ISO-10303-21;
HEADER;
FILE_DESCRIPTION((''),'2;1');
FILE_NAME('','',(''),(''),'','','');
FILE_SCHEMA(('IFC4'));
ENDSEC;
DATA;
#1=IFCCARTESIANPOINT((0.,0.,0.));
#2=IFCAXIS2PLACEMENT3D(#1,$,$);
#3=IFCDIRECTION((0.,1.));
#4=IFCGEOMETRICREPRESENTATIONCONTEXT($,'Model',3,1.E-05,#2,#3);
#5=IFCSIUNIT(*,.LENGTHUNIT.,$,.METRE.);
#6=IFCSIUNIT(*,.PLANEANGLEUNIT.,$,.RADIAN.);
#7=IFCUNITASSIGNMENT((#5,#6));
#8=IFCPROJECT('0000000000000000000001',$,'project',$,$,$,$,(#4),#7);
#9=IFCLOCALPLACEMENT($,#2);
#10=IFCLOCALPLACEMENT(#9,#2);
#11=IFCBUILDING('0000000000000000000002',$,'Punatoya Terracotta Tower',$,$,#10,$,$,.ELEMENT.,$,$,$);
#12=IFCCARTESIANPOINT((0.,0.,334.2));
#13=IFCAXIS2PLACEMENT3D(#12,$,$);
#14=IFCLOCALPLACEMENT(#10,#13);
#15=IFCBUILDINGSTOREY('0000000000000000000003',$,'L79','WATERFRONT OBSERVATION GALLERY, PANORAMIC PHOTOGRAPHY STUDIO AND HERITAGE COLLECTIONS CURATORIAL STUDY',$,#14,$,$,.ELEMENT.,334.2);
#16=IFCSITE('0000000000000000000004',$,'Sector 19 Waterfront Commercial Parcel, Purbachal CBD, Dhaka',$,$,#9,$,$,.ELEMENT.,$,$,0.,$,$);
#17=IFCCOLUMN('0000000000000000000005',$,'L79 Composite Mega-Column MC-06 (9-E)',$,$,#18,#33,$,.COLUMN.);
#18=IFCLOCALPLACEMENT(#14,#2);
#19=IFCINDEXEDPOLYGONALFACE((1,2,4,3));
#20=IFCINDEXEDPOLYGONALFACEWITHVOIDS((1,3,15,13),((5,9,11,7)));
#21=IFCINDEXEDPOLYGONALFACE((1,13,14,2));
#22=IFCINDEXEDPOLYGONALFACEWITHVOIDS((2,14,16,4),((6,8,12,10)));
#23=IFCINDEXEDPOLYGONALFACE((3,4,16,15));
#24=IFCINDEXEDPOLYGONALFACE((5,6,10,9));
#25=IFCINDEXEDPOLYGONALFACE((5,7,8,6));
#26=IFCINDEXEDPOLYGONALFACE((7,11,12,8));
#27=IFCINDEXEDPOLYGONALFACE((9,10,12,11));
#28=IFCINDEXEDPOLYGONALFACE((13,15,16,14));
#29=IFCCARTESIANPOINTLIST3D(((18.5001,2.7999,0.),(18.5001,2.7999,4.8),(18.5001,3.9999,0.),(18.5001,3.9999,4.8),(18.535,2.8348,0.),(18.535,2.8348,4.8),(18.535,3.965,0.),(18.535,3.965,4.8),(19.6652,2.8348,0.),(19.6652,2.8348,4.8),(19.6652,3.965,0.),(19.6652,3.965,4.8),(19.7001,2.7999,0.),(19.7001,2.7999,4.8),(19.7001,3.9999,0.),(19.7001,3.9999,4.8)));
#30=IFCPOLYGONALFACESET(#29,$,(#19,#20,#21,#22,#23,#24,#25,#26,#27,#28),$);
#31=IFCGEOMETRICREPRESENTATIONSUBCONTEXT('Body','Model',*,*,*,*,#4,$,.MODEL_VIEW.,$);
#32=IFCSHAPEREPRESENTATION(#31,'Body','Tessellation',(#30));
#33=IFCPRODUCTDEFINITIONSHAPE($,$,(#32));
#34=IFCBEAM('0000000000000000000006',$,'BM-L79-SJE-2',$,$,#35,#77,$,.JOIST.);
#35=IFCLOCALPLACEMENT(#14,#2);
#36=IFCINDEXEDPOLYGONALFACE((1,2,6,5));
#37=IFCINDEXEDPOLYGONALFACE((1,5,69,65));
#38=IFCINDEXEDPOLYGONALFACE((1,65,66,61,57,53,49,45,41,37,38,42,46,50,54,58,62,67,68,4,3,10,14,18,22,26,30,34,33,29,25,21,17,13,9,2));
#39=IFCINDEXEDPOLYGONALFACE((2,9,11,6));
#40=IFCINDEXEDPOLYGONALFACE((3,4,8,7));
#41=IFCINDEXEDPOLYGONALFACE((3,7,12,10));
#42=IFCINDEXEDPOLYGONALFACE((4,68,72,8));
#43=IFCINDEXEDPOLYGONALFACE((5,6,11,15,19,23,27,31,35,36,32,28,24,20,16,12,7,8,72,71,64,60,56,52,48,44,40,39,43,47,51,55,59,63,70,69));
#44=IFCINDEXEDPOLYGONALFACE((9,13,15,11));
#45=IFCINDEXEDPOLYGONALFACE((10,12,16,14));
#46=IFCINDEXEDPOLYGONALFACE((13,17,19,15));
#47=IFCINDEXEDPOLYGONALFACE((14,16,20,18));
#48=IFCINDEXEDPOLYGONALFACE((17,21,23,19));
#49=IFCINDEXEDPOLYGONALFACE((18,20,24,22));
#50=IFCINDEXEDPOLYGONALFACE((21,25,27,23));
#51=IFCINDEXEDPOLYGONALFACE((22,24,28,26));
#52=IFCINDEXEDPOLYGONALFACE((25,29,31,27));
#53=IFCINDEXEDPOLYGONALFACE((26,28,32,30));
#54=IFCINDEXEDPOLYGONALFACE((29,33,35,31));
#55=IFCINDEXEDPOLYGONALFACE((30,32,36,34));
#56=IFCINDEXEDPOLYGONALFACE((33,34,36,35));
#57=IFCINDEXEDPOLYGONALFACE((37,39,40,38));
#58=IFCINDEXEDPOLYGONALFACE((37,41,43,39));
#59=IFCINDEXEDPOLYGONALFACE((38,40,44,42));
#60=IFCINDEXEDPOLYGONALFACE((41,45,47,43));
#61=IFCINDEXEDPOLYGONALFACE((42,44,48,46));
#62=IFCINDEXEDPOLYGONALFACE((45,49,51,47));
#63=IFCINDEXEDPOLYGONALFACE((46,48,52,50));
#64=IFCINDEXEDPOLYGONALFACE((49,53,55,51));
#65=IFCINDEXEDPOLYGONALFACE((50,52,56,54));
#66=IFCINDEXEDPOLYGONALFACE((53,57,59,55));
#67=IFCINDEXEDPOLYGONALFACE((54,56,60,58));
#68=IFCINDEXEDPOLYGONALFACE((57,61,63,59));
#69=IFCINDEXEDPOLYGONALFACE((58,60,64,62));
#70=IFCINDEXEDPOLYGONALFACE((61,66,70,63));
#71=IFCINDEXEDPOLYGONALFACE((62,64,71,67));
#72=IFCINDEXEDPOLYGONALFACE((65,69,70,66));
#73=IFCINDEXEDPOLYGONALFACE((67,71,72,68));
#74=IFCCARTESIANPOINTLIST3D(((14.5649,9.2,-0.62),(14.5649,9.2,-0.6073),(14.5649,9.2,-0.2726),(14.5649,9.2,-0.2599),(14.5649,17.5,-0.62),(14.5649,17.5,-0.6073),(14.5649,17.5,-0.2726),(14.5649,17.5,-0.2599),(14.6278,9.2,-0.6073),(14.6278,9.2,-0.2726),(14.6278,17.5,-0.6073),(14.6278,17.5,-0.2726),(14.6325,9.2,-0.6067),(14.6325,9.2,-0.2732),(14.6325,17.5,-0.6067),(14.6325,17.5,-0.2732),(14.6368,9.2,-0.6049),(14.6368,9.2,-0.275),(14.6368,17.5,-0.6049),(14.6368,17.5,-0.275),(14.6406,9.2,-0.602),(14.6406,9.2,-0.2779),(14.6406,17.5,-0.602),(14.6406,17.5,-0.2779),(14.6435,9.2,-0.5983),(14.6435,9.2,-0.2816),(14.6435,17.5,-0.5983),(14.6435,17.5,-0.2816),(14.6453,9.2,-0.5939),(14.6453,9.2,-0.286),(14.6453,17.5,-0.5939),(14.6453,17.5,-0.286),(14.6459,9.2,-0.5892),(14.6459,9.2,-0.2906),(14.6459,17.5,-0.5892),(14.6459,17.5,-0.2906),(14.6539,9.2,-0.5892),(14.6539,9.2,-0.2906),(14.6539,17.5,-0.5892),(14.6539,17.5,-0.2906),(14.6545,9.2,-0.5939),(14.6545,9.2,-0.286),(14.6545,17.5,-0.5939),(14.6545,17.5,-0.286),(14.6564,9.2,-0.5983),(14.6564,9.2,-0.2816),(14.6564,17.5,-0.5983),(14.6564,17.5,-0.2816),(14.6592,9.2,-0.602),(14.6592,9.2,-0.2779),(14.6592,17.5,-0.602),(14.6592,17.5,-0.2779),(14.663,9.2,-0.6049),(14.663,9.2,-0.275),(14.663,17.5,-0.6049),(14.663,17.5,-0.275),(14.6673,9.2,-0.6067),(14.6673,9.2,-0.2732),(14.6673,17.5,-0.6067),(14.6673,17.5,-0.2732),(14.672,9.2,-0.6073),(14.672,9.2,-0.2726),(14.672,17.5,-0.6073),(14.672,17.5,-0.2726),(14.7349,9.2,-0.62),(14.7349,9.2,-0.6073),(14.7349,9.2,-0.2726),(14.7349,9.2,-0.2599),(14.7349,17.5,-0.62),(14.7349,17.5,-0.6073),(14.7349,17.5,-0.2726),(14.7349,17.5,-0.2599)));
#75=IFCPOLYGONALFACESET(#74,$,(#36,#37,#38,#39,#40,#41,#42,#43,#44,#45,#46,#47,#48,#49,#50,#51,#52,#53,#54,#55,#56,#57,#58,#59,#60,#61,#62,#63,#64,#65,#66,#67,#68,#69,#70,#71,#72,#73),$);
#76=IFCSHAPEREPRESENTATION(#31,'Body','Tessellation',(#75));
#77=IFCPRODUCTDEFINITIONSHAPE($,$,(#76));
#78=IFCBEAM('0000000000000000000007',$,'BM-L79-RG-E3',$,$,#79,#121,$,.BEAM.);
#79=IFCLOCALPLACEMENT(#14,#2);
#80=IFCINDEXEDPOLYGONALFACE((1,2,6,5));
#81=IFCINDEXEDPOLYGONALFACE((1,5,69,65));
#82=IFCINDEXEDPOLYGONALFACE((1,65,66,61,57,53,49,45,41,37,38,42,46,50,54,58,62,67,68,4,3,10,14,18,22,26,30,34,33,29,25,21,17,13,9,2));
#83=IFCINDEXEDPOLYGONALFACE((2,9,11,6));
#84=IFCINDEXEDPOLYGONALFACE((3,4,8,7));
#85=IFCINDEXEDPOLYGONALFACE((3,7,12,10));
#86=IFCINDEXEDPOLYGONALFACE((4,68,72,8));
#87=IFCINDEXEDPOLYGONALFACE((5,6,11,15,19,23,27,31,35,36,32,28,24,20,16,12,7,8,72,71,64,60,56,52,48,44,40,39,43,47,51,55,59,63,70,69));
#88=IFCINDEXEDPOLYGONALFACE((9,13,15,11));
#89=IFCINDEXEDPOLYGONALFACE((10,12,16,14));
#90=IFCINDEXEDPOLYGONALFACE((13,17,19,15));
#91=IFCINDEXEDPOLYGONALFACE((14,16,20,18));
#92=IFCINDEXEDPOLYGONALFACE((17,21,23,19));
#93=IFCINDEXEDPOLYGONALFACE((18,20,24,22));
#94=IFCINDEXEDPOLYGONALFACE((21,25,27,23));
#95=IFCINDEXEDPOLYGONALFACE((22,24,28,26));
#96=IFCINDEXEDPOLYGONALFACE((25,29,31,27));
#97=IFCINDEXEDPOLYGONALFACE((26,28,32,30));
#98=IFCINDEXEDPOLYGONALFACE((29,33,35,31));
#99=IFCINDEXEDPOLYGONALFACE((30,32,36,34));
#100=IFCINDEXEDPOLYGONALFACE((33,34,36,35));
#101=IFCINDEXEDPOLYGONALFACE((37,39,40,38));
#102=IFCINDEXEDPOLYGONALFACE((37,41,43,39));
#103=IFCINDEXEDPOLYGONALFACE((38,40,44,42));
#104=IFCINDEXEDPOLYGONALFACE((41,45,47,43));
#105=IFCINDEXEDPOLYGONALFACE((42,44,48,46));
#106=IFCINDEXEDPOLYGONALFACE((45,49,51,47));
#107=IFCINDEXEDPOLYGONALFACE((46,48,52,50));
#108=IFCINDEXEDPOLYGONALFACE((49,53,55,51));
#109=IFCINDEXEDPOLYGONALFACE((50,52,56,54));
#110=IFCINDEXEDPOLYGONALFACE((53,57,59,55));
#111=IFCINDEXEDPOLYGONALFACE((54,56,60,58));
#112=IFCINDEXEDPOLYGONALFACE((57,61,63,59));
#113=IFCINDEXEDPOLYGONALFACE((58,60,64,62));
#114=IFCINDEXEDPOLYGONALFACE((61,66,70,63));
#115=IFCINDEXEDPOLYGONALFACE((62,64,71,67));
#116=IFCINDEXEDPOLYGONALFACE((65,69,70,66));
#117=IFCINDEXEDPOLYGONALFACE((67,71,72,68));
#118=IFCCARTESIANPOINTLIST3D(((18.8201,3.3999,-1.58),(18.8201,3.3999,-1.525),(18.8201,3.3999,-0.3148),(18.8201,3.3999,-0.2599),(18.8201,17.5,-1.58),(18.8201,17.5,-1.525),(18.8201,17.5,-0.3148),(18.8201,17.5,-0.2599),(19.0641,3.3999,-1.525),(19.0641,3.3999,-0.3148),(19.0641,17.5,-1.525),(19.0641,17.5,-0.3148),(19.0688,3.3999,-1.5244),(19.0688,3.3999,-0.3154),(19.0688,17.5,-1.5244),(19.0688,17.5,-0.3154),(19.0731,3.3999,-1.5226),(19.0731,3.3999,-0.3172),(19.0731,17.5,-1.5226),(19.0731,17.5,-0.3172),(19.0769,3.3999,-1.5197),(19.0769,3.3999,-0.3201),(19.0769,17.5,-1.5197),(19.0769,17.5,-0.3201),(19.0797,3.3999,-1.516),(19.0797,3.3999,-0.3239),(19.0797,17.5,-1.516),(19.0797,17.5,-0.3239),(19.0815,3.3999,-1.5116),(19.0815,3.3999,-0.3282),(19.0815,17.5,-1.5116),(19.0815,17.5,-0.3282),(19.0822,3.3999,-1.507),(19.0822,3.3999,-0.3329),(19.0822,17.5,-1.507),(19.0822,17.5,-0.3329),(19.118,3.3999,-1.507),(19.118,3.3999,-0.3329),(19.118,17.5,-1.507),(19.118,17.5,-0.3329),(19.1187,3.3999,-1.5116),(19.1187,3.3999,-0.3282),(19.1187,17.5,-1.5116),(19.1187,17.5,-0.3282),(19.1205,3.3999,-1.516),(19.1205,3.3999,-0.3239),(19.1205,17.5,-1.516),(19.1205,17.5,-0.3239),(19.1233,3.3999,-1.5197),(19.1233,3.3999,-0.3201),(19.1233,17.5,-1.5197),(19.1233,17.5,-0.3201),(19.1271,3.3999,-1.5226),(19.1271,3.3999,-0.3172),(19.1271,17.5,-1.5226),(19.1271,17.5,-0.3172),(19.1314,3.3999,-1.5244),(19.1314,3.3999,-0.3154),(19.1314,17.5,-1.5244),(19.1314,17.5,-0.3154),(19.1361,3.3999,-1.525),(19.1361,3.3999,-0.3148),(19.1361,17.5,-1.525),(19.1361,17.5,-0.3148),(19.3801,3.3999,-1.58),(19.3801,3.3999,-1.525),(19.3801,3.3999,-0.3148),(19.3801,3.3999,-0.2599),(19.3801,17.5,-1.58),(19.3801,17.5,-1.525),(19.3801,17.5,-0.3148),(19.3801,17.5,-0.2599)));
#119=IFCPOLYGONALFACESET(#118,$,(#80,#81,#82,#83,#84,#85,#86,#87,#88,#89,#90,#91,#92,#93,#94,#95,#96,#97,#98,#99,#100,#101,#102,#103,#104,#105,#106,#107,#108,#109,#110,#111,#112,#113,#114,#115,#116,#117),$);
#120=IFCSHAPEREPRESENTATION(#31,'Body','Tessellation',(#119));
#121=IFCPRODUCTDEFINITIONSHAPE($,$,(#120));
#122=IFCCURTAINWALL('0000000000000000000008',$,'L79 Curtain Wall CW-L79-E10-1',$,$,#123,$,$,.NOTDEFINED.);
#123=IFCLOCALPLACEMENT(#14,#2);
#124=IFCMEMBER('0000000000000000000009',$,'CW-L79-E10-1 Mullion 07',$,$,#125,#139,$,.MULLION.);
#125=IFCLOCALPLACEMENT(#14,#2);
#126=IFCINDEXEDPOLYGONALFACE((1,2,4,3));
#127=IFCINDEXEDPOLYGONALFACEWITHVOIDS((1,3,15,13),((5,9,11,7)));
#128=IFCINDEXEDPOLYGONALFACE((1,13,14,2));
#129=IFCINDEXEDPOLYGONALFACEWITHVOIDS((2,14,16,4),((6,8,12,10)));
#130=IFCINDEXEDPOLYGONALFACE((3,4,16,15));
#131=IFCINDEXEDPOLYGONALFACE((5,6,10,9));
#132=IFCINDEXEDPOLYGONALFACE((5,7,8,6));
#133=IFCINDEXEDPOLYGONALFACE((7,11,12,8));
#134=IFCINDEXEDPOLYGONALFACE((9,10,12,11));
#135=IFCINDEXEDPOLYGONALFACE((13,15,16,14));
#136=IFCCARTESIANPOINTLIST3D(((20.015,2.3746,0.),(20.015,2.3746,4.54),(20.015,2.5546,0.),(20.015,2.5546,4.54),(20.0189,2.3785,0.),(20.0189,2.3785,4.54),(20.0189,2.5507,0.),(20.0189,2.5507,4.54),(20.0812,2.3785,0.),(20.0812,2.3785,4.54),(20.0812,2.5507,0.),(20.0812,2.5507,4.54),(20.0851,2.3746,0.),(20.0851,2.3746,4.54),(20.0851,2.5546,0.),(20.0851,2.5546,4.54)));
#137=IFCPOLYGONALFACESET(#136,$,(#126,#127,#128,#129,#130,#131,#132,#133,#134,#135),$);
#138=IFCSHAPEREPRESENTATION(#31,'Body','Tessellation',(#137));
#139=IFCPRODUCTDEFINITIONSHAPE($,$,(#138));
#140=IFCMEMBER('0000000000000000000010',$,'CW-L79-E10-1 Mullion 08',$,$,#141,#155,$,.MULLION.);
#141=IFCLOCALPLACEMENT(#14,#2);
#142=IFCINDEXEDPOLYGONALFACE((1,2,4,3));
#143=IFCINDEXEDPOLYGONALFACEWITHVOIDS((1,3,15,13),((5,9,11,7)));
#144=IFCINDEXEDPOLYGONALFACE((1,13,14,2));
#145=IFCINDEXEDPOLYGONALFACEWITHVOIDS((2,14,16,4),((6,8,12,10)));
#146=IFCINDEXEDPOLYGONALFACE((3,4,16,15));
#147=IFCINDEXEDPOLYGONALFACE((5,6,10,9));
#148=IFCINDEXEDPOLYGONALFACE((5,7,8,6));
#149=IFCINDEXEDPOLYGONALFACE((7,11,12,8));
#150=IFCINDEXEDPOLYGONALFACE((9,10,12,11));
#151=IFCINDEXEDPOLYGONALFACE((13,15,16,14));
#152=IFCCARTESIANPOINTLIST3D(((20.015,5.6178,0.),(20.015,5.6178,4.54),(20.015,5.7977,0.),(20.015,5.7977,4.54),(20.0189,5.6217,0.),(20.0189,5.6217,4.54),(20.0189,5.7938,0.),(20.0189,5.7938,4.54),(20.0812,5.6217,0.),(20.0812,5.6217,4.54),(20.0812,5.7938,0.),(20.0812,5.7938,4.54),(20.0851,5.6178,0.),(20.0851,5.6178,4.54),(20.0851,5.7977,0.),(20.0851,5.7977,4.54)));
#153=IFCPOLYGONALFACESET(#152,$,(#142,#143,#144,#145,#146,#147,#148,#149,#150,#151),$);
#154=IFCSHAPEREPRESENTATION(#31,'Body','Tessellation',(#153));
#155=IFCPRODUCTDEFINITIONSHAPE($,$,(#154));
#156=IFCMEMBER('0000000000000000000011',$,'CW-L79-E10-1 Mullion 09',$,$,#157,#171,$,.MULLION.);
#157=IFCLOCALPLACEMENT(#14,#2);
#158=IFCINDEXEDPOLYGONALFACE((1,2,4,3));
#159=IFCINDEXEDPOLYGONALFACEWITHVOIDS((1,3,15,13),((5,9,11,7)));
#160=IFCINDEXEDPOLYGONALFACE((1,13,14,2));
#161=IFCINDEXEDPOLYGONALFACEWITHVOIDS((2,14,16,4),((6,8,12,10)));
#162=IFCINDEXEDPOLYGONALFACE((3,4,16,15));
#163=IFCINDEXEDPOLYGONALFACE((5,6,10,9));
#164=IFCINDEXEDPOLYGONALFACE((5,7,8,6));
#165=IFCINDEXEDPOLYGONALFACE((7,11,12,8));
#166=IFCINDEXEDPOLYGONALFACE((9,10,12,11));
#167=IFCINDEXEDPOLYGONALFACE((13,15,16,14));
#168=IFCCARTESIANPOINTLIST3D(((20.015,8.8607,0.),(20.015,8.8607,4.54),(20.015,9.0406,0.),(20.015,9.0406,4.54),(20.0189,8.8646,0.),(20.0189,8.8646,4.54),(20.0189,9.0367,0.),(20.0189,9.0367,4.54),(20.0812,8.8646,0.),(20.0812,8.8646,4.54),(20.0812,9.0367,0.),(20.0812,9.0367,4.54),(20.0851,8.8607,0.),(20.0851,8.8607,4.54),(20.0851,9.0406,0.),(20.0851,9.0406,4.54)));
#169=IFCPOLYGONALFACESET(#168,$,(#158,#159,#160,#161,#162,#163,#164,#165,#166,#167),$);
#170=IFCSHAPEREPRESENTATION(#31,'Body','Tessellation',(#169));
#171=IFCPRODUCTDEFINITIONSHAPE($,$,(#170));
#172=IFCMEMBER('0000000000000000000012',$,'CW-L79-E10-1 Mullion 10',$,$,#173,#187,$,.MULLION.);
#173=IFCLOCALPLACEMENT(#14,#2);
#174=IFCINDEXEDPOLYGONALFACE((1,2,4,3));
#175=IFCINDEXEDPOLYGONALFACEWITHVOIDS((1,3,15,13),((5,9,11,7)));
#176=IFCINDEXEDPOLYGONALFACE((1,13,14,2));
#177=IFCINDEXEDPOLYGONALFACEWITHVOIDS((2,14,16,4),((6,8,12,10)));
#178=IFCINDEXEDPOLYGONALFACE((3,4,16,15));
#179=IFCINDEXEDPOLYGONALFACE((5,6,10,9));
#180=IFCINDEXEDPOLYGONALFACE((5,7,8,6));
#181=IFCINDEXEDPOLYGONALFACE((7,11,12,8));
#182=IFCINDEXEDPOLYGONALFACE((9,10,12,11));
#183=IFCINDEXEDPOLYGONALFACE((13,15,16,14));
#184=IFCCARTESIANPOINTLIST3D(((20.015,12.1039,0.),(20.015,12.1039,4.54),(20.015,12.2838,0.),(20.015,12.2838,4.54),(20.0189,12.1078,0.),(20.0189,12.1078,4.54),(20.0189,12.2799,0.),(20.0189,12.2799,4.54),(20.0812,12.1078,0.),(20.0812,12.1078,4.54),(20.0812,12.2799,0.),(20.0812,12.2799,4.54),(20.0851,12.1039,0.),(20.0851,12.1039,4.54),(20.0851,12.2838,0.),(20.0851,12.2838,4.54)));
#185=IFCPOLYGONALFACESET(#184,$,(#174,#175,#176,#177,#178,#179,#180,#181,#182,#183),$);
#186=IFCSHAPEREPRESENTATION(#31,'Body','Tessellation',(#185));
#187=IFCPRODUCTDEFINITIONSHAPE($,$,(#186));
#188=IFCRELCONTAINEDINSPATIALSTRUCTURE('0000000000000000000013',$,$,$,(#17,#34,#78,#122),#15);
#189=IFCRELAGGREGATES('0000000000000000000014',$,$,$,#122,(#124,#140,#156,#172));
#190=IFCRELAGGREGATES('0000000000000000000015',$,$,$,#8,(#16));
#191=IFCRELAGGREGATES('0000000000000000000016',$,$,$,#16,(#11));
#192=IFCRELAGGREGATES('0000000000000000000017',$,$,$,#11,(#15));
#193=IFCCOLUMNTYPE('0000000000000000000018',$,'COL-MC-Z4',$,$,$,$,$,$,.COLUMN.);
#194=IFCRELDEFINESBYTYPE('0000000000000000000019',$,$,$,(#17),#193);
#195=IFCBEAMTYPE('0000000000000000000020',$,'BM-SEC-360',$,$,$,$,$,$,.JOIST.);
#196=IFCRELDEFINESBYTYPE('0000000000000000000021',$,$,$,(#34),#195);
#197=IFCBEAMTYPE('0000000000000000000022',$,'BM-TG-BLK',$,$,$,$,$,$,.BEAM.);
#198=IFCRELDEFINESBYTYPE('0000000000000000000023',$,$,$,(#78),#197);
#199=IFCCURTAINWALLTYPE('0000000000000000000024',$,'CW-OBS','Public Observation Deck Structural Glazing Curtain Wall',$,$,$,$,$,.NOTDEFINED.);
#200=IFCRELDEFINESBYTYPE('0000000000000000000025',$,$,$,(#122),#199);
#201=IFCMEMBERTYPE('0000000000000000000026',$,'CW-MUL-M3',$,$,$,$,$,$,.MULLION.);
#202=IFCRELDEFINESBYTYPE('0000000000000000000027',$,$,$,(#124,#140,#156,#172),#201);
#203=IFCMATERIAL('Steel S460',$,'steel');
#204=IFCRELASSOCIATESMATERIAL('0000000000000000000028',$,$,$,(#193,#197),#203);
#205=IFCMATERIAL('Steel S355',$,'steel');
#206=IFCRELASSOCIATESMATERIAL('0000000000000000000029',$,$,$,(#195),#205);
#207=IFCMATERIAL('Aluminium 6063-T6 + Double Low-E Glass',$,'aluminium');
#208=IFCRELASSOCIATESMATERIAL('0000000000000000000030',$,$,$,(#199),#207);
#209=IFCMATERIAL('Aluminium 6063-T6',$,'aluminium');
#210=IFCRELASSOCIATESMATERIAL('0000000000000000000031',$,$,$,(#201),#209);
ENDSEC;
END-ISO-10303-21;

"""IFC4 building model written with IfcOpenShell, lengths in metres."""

from ifc_helpers import new_model, si_unit, direction, frame, origin, origin_2d, place, context, subcontext, project, spatial, hollow_rectangle, i_section, extrude, material, material_profile, profile_set, type_object, element, aggregate, save


model = new_model("IFC4")

# Units and contexts
model_context = context("Model", 3, precision=1e-05, world=origin(), true_north=direction((0.0, 1.0)))
body_context = subcontext(model_context, "Body", "Model", "MODEL_VIEW")
ifc_project = project(units=[si_unit("LENGTHUNIT", "METRE"), si_unit("PLANEANGLEUNIT", "RADIAN")], contexts=[model_context])

# Site, building, storey
site_placement = place(None, origin())
site = spatial("IfcSite", under=ifc_project, at=site_placement, Name="Sector 19 Waterfront Commercial Parcel, Purbachal CBD, Dhaka", CompositionType="ELEMENT", RefElevation=0.0)
building_placement = place(site_placement, origin())
building = spatial("IfcBuilding", under=site, at=building_placement, Name="Punatoya Terracotta Tower", CompositionType="ELEMENT")
storey_placement = place(building_placement, frame((0.0, 0.0, 334.2)))
storey = spatial("IfcBuildingStorey", under=building, at=storey_placement, Name="L79", Description="WATERFRONT OBSERVATION GALLERY, PANORAMIC PHOTOGRAPHY STUDIO AND HERITAGE COLLECTIONS CURATORIAL STUDY", CompositionType="ELEMENT", Elevation=334.2)

# Column
ifc_material_1 = material(Name="Steel S460", Category="steel")
ifc_material_profile_1 = material_profile(ifc_material_1, hollow_rectangle(XDim=1.2, YDim=1.2, WallThickness=0.0349, at=origin_2d()))
ifc_profile_set_1 = profile_set([ifc_material_profile_1], Name="Steel S460")
column_type = type_object("IfcColumnType", Name="COL-MC-Z4", PredefinedType="COLUMN", material=ifc_profile_set_1)
column_placement = place(storey_placement, frame((19.1001, 3.3999, 0.0), z_axis=(0.0, 0.0, 1.0), x_axis=(1.0, 0.0, 0.0)))
element("IfcColumn", 1, at=column_placement, inside=storey, type_object=column_type, Name="L79 Composite Mega-Column MC-06 (9-E)", PredefinedType="COLUMN", context=body_context, shape_type="SweptSolid", body=[
    extrude(hollow_rectangle(XDim=1.2, YDim=1.2, WallThickness=0.0349, at=origin_2d()), origin(), (0.0, 0.0, 1.0), 4.8),
])

# Beams
ifc_material_2 = material(Name="Steel S355", Category="steel")
ifc_material_profile_2 = material_profile(ifc_material_2, i_section(OverallWidth=0.1699, OverallDepth=0.3601, WebThickness=0.0081, FlangeThickness=0.0127, FilletRadius=0.0181, at=origin_2d()))
ifc_profile_set_2 = profile_set([ifc_material_profile_2], Name="Steel S355")
beam_type_1 = type_object("IfcBeamType", Name="BM-SEC-360", PredefinedType="JOIST", material=ifc_profile_set_2)
beam_1_placement = place(storey_placement, frame((14.6499, 9.2, -0.4399), z_axis=(0.0, 1.0, 0.0), x_axis=(-1.0, 0.0, 0.0)))
element("IfcBeam", 2, at=beam_1_placement, inside=storey, type_object=beam_type_1, Name="BM-L79-SJE-2", PredefinedType="JOIST", context=body_context, shape_type="SweptSolid", body=[
    extrude(i_section(OverallWidth=0.1699, OverallDepth=0.3601, WebThickness=0.0081, FlangeThickness=0.0127, FilletRadius=0.0181, at=origin_2d()), origin(), (0.0, 0.0, 1.0), 8.3),
])
ifc_material_profile_3 = material_profile(ifc_material_1, i_section(OverallWidth=0.5601, OverallDepth=1.3201, WebThickness=0.0359, FlangeThickness=0.0549, FilletRadius=0.0181, at=origin_2d()))
ifc_profile_set_3 = profile_set([ifc_material_profile_3], Name="Steel S460")
beam_type_2 = type_object("IfcBeamType", Name="BM-TG-BLK", PredefinedType="BEAM", material=ifc_profile_set_3)
beam_2_placement = place(storey_placement, frame((19.1001, 3.3999, -0.9199), z_axis=(0.0, 1.0, 0.0), x_axis=(-1.0, 0.0, 0.0)))
element("IfcBeam", 3, at=beam_2_placement, inside=storey, type_object=beam_type_2, Name="BM-L79-RG-E3", PredefinedType="BEAM", context=body_context, shape_type="SweptSolid", body=[
    extrude(i_section(OverallWidth=0.5601, OverallDepth=1.3201, WebThickness=0.0359, FlangeThickness=0.0549, FilletRadius=0.0181, at=origin_2d()), origin(), (0.0, 0.0, 1.0), 14.1001),
])

# Curtain wall, members
ifc_material_3 = material(Name="Aluminium 6063-T6 + Double Low-E Glass", Category="aluminium")
curtain_wall_type = type_object("IfcCurtainWallType", Name="CW-OBS", Description="Public Observation Deck Structural Glazing Curtain Wall", PredefinedType="NOTDEFINED", material=ifc_material_3)
curtain_wall_1_placement = place(storey_placement, origin())
curtain_wall_1 = element("IfcCurtainWall", 4, at=curtain_wall_1_placement, inside=storey, type_object=curtain_wall_type, Name="L79 Curtain Wall CW-L79-E10-1", PredefinedType="NOTDEFINED")
ifc_material_4 = material(Name="Aluminium 6063-T6", Category="aluminium")
ifc_material_profile_4 = material_profile(ifc_material_4, hollow_rectangle(XDim=0.0701, YDim=0.1799, WallThickness=0.0039, at=origin_2d()))
ifc_profile_set_4 = profile_set([ifc_material_profile_4], Name="Aluminium 6063-T6")
member_type_1 = type_object("IfcMemberType", Name="CW-MUL-M3", PredefinedType="MULLION", material=ifc_profile_set_4)
member_1_placement = place(storey_placement, frame((20.05, 2.4646, 0.0), z_axis=(0.0, 0.0, 1.0), x_axis=(1.0, 0.0, 0.0)))
member_1 = element("IfcMember", 5, at=member_1_placement, type_object=member_type_1, Name="CW-L79-E10-1 Mullion 07", PredefinedType="MULLION", context=body_context, shape_type="SweptSolid", body=[
    extrude(hollow_rectangle(XDim=0.0701, YDim=0.1799, WallThickness=0.0039, at=origin_2d()), origin(), (0.0, 0.0, 1.0), 4.54),
])
member_2_placement = place(storey_placement, frame((20.05, 5.7078, 0.0), z_axis=(0.0, 0.0, 1.0), x_axis=(1.0, 0.0, 0.0)))
member_2 = element("IfcMember", 6, at=member_2_placement, type_object=member_type_1, Name="CW-L79-E10-1 Mullion 08", PredefinedType="MULLION", context=body_context, shape_type="SweptSolid", body=[
    extrude(hollow_rectangle(XDim=0.0701, YDim=0.1799, WallThickness=0.0039, at=origin_2d()), origin(), (0.0, 0.0, 1.0), 4.54),
])
member_3_placement = place(storey_placement, frame((20.05, 8.9507, 0.0), z_axis=(0.0, 0.0, 1.0), x_axis=(1.0, 0.0, 0.0)))
member_3 = element("IfcMember", 7, at=member_3_placement, type_object=member_type_1, Name="CW-L79-E10-1 Mullion 09", PredefinedType="MULLION", context=body_context, shape_type="SweptSolid", body=[
    extrude(hollow_rectangle(XDim=0.0701, YDim=0.1799, WallThickness=0.0039, at=origin_2d()), origin(), (0.0, 0.0, 1.0), 4.54),
])
member_4_placement = place(storey_placement, frame((20.05, 12.1938, 0.0), z_axis=(0.0, 0.0, 1.0), x_axis=(1.0, 0.0, 0.0)))
member_4 = element("IfcMember", 8, at=member_4_placement, type_object=member_type_1, Name="CW-L79-E10-1 Mullion 10", PredefinedType="MULLION", context=body_context, shape_type="SweptSolid", body=[
    extrude(hollow_rectangle(XDim=0.0701, YDim=0.1799, WallThickness=0.0039, at=origin_2d()), origin(), (0.0, 0.0, 1.0), 4.54),
])

aggregate(curtain_wall_1, [member_1, member_2, member_3, member_4])

save(model, "model.ifc")
